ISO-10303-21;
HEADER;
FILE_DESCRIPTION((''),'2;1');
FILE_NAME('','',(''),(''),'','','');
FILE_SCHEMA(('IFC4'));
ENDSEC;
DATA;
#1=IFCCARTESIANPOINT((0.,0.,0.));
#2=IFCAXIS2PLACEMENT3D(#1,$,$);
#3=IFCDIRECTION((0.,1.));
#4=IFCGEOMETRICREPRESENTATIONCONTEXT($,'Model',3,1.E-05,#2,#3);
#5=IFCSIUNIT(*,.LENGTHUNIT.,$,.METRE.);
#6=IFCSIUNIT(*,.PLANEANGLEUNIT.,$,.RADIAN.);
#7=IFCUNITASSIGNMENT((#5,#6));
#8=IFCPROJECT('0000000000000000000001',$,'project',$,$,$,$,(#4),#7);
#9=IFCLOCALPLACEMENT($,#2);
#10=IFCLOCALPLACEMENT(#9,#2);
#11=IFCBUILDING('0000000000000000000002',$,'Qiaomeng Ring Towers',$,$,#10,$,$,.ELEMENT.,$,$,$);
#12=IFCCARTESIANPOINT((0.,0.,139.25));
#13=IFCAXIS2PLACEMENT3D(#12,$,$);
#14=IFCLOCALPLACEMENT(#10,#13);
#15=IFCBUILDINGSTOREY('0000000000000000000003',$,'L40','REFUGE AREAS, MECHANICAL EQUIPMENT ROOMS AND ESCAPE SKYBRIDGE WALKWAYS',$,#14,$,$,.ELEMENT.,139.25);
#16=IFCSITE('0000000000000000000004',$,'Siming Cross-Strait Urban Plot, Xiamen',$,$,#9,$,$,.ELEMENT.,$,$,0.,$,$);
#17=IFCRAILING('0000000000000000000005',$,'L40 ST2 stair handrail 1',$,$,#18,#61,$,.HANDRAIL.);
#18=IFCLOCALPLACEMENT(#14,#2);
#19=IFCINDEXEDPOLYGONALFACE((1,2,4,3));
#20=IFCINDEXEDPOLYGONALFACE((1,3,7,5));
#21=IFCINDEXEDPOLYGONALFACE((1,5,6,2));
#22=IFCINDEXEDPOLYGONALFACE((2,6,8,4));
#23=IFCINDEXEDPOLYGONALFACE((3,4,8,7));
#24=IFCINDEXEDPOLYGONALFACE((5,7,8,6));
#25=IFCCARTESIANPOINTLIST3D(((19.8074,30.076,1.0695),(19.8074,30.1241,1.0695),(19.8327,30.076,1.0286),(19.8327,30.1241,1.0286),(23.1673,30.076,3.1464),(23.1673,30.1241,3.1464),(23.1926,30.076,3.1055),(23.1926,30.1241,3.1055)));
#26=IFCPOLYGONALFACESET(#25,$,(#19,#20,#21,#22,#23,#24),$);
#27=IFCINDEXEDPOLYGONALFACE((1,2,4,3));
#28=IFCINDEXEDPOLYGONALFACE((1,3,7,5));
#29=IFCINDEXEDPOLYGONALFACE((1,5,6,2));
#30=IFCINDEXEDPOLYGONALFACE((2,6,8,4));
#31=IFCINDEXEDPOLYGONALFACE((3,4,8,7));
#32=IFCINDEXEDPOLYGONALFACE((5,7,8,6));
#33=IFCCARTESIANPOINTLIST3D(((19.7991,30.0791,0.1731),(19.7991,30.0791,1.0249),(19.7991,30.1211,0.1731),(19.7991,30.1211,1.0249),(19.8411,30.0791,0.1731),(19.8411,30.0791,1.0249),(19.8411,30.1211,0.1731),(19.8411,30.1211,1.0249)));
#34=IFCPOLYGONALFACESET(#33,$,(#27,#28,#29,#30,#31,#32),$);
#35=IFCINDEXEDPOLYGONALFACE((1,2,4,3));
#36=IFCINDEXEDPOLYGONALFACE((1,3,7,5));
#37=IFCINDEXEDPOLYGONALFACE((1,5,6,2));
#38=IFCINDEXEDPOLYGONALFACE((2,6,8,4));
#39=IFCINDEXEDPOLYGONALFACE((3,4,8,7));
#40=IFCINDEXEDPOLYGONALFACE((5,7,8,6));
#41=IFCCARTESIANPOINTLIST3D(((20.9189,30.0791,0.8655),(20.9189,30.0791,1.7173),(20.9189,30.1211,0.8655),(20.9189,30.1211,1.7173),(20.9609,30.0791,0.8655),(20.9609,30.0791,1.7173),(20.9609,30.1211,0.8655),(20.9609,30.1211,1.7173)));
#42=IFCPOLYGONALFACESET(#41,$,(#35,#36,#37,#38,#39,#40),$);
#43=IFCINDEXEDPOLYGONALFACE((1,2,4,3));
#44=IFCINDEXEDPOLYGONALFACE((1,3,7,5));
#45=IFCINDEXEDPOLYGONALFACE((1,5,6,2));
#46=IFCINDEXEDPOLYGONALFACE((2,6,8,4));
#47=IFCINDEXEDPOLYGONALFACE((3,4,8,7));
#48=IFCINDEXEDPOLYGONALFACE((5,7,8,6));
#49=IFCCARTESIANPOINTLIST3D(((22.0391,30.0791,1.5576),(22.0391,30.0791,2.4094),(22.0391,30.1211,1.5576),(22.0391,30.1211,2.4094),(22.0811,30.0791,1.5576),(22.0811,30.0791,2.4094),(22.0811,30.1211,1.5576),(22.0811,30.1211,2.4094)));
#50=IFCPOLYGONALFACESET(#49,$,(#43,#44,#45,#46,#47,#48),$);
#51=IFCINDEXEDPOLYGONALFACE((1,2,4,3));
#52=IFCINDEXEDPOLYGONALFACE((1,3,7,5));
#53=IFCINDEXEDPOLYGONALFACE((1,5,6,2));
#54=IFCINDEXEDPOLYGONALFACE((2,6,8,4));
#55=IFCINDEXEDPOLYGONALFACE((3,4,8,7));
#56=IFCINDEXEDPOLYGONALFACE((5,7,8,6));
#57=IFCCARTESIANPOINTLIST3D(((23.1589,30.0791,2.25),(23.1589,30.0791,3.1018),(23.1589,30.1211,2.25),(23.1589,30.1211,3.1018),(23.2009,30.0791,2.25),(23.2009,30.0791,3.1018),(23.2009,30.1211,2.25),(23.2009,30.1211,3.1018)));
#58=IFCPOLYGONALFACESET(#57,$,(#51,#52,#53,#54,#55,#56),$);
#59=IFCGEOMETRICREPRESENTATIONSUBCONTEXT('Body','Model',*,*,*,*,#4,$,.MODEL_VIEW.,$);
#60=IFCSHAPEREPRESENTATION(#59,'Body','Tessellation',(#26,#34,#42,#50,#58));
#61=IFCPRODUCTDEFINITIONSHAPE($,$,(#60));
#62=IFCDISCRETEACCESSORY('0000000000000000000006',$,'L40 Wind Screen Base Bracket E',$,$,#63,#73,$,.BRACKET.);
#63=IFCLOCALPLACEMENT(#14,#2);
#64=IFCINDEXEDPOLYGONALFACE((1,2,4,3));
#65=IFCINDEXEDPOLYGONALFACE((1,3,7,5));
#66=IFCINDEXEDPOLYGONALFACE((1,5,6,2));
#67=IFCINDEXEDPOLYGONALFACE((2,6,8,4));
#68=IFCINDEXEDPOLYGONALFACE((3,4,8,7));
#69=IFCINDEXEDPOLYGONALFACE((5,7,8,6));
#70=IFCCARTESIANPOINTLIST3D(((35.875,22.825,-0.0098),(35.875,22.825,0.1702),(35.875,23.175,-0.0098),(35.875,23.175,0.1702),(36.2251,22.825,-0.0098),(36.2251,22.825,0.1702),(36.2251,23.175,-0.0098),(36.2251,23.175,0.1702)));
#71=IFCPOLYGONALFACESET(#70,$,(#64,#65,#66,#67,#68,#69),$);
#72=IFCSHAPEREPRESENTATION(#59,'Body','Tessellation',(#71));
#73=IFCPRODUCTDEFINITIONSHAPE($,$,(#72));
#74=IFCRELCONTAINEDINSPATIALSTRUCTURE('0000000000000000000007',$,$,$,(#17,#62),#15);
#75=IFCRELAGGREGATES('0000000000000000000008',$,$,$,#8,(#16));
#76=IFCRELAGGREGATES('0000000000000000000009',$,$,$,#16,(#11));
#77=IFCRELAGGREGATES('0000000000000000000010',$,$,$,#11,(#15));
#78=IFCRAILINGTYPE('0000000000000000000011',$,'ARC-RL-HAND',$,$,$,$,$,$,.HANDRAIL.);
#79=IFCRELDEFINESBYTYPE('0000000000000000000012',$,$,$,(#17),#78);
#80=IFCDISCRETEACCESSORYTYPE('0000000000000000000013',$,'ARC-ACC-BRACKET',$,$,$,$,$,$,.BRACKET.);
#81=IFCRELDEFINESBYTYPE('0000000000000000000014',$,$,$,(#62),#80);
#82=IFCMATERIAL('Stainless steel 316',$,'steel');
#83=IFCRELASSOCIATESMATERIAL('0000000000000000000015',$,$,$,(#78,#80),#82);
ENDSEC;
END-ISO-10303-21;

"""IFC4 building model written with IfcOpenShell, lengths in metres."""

from ifc_helpers import new_model, si_unit, direction, frame, origin, origin_2d, place, context, subcontext, project, spatial, rectangle, extrude, source, transform, mapped, material, type_object, element, save


model = new_model("IFC4")

# Units and contexts
model_context = context("Model", 3, precision=1e-05, world=origin(), true_north=direction((0.0, 1.0)))
body_context = subcontext(model_context, "Body", "Model", "MODEL_VIEW")
ifc_project = project(units=[si_unit("LENGTHUNIT", "METRE"), si_unit("PLANEANGLEUNIT", "RADIAN")], contexts=[model_context])

# Site, building, storey
site_placement = place(None, origin())
site = spatial("IfcSite", under=ifc_project, at=site_placement, Name="Siming Cross-Strait Urban Plot, Xiamen", CompositionType="ELEMENT", RefElevation=0.0)
building_placement = place(site_placement, origin())
building = spatial("IfcBuilding", under=site, at=building_placement, Name="Qiaomeng Ring Towers", CompositionType="ELEMENT")
storey_placement = place(building_placement, frame((0.0, 0.0, 139.25)))
storey = spatial("IfcBuildingStorey", under=building, at=storey_placement, Name="L40", Description="REFUGE AREAS, MECHANICAL EQUIPMENT ROOMS AND ESCAPE SKYBRIDGE WALKWAYS", CompositionType="ELEMENT", Elevation=139.25)

# Shared definitions
ifc_material_1 = material(Name="Stainless steel 316", Category="steel")

# Railing
railing_type_1 = type_object("IfcRailingType", Name="ARC-RL-HAND", PredefinedType="HANDRAIL", material=ifc_material_1)
railing_1_placement = place(storey_placement, frame((19.8201, 30.1001, 0.1731)))
element("IfcRailing", 1, at=railing_1_placement, inside=storey, type_object=railing_type_1, Name="L40 ST2 stair handrail 1", PredefinedType="HANDRAIL", context=body_context, shape_type="SweptSolid", body=[
    extrude(rectangle(XDim=0.0481, YDim=0.0481, at=origin_2d()), frame((0.0, 0.0, 0.876), z_axis=(0.850606, 0.0, 0.525803), x_axis=(0.0, 1.0, 0.0)), (0.0, 0.0, 1.0), 3.95),
    extrude(rectangle(XDim=0.042, YDim=0.042, at=origin_2d()), origin(), (0.0, 0.0, 1.0), 0.8518),
    extrude(rectangle(XDim=0.042, YDim=0.042, at=origin_2d()), frame((1.1199, 0.0, 0.6924)), (0.0, 0.0, 1.0), 0.8518),
    extrude(rectangle(XDim=0.042, YDim=0.042, at=origin_2d()), frame((2.24, 0.0, 1.3845)), (0.0, 0.0, 1.0), 0.8518),
    extrude(rectangle(XDim=0.042, YDim=0.042, at=origin_2d()), frame((3.3599, 0.0, 2.0769)), (0.0, 0.0, 1.0), 0.8518),
])

# Discrete accessory
discrete_accessory_type = type_object("IfcDiscreteAccessoryType", Name="ARC-ACC-BRACKET", PredefinedType="BRACKET", material=ifc_material_1)
shared_shape_1 = source(origin(), body_context, "Body", "SweptSolid", [
    extrude(rectangle(XDim=0.3501, YDim=0.3501, at=origin_2d()), origin(), (0.0, 0.0, 1.0), 0.1799),
])
discrete_accessory_placement = place(storey_placement, frame((36.05, 23.0, -0.0098), z_axis=(0.0, 0.0, 1.0), x_axis=(0.0, 1.0, 0.0)))
element("IfcDiscreteAccessory", 2, at=discrete_accessory_placement, inside=storey, type_object=discrete_accessory_type, Name="L40 Wind Screen Base Bracket E", PredefinedType="BRACKET", context=body_context, shape_type="MappedRepresentation", body=[
    mapped(shared_shape_1, transform((0.0, 0.0, 0.0), x_axis=(1.0, 0.0, 0.0), y_axis=(0.0, 1.0, 0.0), z_axis=(0.0, 0.0, 1.0), scale=1.0)),
])

save(model, "model.ifc")
